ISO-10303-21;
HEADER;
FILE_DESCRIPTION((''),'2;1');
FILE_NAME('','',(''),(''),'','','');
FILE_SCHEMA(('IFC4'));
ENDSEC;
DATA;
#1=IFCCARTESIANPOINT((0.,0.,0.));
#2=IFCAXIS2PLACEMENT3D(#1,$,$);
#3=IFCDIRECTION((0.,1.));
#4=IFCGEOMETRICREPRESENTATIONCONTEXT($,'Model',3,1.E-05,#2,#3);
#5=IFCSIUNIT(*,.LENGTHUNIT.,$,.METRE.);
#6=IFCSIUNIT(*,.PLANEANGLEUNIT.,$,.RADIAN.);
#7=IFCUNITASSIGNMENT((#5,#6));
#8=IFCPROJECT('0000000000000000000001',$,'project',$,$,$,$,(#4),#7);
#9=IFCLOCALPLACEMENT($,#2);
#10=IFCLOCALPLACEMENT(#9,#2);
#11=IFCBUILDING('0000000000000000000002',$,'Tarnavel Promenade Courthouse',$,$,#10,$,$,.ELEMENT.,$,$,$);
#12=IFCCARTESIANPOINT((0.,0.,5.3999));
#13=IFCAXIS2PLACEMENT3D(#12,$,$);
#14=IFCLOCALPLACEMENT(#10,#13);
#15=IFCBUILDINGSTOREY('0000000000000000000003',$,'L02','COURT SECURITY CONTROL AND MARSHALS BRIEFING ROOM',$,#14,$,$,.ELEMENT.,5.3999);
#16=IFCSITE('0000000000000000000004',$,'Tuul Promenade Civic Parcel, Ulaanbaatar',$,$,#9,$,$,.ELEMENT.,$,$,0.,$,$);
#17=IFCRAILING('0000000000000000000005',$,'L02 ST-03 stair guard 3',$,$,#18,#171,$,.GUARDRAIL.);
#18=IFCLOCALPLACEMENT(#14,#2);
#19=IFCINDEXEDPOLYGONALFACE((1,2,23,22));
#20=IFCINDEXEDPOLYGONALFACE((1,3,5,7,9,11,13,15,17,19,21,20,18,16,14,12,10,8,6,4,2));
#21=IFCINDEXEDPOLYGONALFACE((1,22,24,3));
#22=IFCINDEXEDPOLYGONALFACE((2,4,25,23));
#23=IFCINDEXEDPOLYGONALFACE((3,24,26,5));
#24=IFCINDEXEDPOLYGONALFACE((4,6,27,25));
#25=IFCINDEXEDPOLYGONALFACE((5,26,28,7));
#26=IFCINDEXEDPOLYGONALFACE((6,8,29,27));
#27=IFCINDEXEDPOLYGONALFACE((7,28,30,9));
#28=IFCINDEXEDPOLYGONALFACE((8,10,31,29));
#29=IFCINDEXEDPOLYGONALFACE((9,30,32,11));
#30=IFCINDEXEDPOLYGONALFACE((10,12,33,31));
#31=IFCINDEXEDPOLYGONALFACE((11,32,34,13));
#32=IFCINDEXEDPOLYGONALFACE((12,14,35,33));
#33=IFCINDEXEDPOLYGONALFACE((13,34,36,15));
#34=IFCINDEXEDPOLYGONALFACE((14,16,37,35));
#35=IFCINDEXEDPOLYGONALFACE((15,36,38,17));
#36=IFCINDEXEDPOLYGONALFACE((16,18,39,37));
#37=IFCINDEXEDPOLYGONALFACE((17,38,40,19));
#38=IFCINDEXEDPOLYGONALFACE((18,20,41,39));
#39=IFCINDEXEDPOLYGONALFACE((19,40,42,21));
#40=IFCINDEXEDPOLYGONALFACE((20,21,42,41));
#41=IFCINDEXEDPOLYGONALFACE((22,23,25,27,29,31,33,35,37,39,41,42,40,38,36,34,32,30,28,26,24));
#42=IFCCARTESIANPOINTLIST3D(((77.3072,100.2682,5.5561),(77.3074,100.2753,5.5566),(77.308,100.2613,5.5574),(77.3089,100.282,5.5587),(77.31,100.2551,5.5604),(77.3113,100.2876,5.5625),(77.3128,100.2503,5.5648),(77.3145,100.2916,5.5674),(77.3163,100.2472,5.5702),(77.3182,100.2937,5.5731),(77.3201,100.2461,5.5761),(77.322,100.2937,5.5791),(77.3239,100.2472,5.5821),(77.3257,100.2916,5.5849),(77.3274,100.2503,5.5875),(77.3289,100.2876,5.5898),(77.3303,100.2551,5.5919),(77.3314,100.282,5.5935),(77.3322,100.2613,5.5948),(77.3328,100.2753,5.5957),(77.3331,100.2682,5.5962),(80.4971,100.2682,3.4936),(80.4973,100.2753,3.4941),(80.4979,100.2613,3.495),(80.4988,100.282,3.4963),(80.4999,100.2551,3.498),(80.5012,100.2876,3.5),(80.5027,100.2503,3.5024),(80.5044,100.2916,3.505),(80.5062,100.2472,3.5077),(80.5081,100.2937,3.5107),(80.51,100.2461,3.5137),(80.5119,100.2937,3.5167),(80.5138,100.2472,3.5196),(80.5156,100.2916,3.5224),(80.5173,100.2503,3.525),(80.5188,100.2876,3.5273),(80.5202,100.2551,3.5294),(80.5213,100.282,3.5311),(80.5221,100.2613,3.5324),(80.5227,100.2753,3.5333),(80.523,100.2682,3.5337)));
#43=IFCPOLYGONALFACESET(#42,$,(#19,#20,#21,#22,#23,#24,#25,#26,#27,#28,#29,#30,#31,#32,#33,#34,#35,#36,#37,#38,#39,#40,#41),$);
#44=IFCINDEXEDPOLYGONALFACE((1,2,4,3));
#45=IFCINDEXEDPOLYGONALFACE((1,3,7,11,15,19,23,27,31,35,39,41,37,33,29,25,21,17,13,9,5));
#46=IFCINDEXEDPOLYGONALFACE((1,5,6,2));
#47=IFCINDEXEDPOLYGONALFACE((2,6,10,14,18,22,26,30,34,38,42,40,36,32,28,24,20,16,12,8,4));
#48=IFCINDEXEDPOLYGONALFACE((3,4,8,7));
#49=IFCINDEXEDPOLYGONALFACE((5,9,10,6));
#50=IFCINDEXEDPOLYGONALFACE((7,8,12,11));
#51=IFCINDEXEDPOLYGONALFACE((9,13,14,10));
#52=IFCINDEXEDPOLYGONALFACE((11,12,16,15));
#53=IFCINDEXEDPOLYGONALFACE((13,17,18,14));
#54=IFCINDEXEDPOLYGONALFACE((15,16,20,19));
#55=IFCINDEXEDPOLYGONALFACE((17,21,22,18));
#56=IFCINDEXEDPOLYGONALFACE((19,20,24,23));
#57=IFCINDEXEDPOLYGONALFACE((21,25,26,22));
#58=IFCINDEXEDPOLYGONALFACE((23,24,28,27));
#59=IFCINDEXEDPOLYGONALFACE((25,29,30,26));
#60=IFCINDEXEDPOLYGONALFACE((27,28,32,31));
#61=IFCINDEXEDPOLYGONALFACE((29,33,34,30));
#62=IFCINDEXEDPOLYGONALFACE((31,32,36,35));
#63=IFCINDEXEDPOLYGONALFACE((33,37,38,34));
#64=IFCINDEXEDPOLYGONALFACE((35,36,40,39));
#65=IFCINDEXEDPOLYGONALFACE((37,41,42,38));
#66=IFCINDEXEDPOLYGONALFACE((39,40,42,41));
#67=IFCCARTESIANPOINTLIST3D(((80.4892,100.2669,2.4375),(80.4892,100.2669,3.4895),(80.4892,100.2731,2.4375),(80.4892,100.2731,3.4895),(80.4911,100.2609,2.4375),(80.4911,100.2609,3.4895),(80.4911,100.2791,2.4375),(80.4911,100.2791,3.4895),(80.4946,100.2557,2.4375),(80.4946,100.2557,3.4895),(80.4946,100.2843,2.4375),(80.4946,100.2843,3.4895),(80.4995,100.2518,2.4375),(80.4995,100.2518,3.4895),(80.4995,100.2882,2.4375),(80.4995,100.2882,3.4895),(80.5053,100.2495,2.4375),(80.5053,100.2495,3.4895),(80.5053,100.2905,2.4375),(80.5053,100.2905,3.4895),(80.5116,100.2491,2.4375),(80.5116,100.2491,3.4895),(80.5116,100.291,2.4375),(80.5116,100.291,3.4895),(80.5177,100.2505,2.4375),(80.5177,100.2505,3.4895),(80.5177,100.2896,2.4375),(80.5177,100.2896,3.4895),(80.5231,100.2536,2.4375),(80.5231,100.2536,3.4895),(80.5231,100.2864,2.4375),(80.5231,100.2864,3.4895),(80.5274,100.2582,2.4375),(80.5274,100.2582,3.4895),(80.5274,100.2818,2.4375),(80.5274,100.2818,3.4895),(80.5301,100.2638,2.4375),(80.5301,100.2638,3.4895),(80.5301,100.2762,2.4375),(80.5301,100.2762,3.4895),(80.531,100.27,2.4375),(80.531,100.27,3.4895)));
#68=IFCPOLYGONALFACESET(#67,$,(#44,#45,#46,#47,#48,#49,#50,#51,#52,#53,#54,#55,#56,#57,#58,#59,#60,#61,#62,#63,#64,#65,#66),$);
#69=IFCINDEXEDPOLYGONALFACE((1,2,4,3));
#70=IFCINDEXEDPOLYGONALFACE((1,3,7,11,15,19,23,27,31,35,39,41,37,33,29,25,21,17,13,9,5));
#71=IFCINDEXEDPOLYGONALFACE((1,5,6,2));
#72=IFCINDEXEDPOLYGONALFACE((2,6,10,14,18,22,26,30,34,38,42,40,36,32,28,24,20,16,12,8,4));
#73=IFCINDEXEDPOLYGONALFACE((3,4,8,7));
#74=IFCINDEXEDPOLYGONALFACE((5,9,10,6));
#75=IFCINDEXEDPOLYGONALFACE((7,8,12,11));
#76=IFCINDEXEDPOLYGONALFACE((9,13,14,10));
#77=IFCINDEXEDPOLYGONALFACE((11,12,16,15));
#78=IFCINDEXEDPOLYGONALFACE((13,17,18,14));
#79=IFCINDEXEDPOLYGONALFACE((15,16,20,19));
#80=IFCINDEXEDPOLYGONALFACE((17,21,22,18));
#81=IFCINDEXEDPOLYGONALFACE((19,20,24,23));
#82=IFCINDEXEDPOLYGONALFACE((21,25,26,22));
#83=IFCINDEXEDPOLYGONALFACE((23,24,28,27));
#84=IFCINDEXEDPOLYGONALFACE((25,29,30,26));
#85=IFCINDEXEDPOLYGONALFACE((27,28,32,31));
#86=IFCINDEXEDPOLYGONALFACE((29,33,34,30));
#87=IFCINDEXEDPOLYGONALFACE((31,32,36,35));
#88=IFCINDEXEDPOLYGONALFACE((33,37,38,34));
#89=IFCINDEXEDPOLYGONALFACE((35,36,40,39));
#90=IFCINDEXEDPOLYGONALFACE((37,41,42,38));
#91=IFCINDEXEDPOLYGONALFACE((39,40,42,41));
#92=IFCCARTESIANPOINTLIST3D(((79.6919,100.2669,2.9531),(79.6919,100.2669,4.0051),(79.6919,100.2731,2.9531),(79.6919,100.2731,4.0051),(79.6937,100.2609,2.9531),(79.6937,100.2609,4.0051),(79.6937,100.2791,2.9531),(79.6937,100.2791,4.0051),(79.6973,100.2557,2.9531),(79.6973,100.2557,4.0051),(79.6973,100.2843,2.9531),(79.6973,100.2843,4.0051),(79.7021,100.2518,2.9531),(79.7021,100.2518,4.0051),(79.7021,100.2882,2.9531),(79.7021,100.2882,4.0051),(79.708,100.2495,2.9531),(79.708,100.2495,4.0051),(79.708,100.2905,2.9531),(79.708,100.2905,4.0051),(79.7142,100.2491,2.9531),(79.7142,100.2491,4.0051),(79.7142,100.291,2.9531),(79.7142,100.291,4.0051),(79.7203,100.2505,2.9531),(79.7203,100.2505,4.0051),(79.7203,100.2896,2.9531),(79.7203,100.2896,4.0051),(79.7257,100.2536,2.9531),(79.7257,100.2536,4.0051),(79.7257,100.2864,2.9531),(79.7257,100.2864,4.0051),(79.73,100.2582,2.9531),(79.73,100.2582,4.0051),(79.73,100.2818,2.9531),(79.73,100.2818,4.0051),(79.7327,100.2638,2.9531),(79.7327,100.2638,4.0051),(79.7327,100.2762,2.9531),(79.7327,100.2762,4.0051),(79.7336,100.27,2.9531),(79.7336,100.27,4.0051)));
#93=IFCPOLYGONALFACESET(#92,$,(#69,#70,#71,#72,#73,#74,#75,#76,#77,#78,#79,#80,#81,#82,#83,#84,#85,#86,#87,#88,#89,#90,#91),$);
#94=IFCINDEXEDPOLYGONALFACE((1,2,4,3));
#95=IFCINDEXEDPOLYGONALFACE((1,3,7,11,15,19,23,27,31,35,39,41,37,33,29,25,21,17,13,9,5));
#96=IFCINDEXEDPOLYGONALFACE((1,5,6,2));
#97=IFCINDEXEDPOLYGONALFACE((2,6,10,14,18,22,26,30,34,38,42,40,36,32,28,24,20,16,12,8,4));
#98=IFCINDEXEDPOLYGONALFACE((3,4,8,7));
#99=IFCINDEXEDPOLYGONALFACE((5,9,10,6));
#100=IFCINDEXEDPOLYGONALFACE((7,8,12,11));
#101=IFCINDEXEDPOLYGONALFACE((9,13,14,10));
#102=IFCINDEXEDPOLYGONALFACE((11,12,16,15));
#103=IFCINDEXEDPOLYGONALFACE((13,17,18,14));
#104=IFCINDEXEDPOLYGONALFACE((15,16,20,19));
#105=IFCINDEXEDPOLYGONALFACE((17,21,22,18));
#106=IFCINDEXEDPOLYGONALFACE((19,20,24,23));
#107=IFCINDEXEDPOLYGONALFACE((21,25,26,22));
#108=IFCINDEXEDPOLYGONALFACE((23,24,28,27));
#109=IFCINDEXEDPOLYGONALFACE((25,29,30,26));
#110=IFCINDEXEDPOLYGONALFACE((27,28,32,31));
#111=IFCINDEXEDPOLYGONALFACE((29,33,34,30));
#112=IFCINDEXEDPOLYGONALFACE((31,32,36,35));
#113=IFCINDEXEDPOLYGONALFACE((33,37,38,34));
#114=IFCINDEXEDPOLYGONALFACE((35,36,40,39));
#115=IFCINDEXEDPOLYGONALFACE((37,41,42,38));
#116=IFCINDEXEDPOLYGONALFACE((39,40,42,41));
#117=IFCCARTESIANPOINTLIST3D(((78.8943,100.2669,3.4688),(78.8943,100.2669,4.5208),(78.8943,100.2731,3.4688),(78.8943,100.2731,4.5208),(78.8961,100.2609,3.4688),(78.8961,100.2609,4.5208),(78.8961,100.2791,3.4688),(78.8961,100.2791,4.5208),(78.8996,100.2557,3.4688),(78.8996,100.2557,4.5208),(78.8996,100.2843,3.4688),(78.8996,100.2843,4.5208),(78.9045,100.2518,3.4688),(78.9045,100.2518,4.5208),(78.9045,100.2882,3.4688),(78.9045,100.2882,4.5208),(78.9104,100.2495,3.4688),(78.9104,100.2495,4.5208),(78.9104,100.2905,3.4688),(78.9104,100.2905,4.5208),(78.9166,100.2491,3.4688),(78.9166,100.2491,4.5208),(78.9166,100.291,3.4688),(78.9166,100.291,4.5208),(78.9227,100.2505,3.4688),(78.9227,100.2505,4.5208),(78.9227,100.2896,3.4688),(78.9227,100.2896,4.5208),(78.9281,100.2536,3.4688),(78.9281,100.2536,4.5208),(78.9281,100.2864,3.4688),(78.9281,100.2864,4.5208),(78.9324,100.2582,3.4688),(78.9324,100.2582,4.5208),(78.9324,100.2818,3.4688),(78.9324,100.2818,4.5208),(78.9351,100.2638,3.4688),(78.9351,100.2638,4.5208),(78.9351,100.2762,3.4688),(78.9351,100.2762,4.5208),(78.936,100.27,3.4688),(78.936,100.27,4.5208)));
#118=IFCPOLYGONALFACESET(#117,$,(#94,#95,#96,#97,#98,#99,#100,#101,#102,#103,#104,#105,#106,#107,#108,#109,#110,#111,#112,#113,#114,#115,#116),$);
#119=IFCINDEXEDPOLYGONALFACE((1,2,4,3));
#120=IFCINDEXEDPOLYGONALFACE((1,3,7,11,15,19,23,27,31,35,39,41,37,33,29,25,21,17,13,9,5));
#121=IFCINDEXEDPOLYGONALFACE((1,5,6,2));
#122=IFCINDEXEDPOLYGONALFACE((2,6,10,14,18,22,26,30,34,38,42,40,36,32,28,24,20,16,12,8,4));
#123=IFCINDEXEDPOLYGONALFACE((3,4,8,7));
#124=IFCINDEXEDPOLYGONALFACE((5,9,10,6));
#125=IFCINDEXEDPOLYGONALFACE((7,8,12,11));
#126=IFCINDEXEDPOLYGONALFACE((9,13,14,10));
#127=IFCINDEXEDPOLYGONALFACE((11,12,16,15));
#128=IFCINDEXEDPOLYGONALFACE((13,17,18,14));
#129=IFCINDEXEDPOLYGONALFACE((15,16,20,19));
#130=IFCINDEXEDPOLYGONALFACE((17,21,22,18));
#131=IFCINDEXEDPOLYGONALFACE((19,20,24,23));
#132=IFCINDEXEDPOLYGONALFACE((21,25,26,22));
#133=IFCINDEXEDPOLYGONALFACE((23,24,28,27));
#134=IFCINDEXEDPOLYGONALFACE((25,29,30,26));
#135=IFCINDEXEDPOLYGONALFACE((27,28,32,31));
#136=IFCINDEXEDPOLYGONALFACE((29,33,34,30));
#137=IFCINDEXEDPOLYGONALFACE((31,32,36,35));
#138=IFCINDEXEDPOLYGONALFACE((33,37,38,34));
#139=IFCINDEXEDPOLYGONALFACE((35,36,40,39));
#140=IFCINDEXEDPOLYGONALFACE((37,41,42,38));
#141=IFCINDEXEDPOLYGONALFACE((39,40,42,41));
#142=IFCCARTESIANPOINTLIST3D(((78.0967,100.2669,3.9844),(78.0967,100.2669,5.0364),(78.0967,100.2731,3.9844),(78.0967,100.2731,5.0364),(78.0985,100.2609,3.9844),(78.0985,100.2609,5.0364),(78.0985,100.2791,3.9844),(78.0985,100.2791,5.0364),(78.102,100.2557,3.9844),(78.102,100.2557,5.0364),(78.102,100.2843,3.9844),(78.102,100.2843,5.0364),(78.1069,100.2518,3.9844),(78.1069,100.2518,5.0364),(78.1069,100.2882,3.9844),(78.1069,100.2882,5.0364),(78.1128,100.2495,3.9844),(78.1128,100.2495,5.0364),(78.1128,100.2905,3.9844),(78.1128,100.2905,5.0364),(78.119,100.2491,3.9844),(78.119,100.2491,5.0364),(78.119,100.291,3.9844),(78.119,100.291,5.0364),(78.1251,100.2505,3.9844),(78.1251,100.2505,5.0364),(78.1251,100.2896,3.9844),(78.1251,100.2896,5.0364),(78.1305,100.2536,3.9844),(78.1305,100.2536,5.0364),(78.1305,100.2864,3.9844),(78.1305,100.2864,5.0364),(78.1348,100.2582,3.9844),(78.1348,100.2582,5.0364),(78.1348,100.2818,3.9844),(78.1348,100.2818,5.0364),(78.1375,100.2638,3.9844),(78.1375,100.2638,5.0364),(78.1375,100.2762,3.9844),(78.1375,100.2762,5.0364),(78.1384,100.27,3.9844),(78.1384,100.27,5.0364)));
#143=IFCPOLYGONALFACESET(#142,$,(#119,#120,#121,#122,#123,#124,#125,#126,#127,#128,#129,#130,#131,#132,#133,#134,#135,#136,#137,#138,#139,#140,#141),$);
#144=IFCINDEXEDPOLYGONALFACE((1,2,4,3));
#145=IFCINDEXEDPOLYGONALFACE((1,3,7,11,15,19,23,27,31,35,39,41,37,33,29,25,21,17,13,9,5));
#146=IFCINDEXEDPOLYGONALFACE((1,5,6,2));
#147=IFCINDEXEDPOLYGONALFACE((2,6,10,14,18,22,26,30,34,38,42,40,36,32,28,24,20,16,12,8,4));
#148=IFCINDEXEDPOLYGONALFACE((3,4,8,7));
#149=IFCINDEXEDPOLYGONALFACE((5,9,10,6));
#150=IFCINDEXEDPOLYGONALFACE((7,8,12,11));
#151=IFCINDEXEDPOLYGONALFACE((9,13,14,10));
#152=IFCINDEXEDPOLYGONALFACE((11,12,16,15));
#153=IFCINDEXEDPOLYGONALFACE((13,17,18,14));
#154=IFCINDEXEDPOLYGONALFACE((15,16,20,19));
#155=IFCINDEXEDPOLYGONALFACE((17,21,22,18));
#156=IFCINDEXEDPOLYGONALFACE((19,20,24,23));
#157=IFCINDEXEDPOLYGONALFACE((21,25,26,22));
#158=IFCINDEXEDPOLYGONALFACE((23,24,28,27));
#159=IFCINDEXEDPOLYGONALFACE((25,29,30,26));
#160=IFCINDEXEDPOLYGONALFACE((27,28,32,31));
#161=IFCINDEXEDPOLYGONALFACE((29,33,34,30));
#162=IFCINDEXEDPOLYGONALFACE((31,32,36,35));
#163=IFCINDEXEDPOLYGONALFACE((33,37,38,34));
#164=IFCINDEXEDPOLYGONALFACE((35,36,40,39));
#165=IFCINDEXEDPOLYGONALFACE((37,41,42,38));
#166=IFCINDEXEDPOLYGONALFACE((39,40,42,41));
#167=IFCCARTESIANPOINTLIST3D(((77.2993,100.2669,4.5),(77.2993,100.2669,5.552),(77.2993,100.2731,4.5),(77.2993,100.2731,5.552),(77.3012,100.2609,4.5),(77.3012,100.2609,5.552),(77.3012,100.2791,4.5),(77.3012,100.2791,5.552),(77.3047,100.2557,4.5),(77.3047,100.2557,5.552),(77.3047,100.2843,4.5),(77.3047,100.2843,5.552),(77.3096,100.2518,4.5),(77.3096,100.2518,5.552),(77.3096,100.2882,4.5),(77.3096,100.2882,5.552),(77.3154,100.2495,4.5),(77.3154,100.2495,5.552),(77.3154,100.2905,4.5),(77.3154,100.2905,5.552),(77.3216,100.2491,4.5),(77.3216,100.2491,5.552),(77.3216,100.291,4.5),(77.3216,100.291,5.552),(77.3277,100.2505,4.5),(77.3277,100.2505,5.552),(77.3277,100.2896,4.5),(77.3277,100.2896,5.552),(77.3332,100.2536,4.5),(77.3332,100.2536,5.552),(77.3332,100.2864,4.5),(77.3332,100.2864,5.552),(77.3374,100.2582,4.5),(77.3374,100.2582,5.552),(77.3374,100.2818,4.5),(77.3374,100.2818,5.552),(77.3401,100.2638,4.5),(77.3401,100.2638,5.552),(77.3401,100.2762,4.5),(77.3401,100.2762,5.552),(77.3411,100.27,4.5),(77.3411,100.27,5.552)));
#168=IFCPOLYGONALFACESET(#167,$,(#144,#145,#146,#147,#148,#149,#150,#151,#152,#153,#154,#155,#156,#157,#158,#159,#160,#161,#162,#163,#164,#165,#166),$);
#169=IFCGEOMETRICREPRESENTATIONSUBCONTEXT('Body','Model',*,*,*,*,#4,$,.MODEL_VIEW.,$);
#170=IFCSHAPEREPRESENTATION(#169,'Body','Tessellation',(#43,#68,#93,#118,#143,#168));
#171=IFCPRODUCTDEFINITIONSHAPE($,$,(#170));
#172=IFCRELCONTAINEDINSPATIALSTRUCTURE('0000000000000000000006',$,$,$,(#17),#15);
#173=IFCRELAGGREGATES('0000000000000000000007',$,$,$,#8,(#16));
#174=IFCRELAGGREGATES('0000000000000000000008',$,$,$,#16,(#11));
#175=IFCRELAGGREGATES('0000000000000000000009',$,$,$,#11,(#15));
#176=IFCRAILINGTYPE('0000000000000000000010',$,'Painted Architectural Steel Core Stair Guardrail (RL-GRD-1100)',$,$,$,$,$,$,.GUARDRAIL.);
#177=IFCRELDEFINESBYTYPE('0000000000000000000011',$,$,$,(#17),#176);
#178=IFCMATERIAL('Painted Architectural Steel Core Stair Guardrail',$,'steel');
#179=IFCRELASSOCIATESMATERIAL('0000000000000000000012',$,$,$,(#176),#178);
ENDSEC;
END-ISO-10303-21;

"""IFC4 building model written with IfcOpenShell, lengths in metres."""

from ifc_helpers import new_model, si_unit, direction, frame, origin, origin_2d, place, context, subcontext, project, spatial, circle, extrude, material, type_object, element, save


model = new_model("IFC4")

# Units and contexts
model_context = context("Model", 3, precision=1e-05, world=origin(), true_north=direction((0.0, 1.0)))
body_context = subcontext(model_context, "Body", "Model", "MODEL_VIEW")
ifc_project = project(units=[si_unit("LENGTHUNIT", "METRE"), si_unit("PLANEANGLEUNIT", "RADIAN")], contexts=[model_context])

# Site, building, storey
site_placement = place(None, origin())
site = spatial("IfcSite", under=ifc_project, at=site_placement, Name="Tuul Promenade Civic Parcel, Ulaanbaatar", CompositionType="ELEMENT", RefElevation=0.0)
building_placement = place(site_placement, origin())
building = spatial("IfcBuilding", under=site, at=building_placement, Name="Tarnavel Promenade Courthouse", CompositionType="ELEMENT")
storey_placement = place(building_placement, frame((0.0, 0.0, 5.3999)))
storey = spatial("IfcBuildingStorey", under=building, at=storey_placement, Name="L02", Description="COURT SECURITY CONTROL AND MARSHALS BRIEFING ROOM", CompositionType="ELEMENT", Elevation=5.3999)

# Railing
ifc_material_1 = material(Name="Painted Architectural Steel Core Stair Guardrail", Category="steel")
railing_type_1 = type_object("IfcRailingType", Name="Painted Architectural Steel Core Stair Guardrail (RL-GRD-1100)", PredefinedType="GUARDRAIL", material=ifc_material_1)
railing_1_placement = place(storey_placement, frame((80.51, 100.27, 2.4375)))
element("IfcRailing", 1, at=railing_1_placement, inside=storey, type_object=railing_type_1, Name="L02 ST-03 stair guard 3", PredefinedType="GUARDRAIL", context=body_context, shape_type="SweptSolid", body=[
    extrude(circle(Radius=0.0239, at=origin_2d()), frame((0.0, 0.0, 1.0762), z_axis=(-0.83976, 0.0, 0.542958), x_axis=(0.0, -1.0, 0.0)), (0.0, 0.0, 1.0), 3.7986),
    extrude(circle(Radius=0.021, at=origin_2d()), origin(), (0.0, 0.0, 1.0), 1.052),
    extrude(circle(Radius=0.021, at=origin_2d()), frame((-0.7974, 0.0, 0.5156)), (0.0, 0.0, 1.0), 1.052),
    extrude(circle(Radius=0.021, at=origin_2d()), frame((-1.595, 0.0, 1.0312)), (0.0, 0.0, 1.0), 1.052),
    extrude(circle(Radius=0.021, at=origin_2d()), frame((-2.3926, 0.0, 1.5469)), (0.0, 0.0, 1.0), 1.052),
    extrude(circle(Radius=0.021, at=origin_2d()), frame((-3.1899, 0.0, 2.0625)), (0.0, 0.0, 1.0), 1.052),
])

save(model, "model.ifc")
